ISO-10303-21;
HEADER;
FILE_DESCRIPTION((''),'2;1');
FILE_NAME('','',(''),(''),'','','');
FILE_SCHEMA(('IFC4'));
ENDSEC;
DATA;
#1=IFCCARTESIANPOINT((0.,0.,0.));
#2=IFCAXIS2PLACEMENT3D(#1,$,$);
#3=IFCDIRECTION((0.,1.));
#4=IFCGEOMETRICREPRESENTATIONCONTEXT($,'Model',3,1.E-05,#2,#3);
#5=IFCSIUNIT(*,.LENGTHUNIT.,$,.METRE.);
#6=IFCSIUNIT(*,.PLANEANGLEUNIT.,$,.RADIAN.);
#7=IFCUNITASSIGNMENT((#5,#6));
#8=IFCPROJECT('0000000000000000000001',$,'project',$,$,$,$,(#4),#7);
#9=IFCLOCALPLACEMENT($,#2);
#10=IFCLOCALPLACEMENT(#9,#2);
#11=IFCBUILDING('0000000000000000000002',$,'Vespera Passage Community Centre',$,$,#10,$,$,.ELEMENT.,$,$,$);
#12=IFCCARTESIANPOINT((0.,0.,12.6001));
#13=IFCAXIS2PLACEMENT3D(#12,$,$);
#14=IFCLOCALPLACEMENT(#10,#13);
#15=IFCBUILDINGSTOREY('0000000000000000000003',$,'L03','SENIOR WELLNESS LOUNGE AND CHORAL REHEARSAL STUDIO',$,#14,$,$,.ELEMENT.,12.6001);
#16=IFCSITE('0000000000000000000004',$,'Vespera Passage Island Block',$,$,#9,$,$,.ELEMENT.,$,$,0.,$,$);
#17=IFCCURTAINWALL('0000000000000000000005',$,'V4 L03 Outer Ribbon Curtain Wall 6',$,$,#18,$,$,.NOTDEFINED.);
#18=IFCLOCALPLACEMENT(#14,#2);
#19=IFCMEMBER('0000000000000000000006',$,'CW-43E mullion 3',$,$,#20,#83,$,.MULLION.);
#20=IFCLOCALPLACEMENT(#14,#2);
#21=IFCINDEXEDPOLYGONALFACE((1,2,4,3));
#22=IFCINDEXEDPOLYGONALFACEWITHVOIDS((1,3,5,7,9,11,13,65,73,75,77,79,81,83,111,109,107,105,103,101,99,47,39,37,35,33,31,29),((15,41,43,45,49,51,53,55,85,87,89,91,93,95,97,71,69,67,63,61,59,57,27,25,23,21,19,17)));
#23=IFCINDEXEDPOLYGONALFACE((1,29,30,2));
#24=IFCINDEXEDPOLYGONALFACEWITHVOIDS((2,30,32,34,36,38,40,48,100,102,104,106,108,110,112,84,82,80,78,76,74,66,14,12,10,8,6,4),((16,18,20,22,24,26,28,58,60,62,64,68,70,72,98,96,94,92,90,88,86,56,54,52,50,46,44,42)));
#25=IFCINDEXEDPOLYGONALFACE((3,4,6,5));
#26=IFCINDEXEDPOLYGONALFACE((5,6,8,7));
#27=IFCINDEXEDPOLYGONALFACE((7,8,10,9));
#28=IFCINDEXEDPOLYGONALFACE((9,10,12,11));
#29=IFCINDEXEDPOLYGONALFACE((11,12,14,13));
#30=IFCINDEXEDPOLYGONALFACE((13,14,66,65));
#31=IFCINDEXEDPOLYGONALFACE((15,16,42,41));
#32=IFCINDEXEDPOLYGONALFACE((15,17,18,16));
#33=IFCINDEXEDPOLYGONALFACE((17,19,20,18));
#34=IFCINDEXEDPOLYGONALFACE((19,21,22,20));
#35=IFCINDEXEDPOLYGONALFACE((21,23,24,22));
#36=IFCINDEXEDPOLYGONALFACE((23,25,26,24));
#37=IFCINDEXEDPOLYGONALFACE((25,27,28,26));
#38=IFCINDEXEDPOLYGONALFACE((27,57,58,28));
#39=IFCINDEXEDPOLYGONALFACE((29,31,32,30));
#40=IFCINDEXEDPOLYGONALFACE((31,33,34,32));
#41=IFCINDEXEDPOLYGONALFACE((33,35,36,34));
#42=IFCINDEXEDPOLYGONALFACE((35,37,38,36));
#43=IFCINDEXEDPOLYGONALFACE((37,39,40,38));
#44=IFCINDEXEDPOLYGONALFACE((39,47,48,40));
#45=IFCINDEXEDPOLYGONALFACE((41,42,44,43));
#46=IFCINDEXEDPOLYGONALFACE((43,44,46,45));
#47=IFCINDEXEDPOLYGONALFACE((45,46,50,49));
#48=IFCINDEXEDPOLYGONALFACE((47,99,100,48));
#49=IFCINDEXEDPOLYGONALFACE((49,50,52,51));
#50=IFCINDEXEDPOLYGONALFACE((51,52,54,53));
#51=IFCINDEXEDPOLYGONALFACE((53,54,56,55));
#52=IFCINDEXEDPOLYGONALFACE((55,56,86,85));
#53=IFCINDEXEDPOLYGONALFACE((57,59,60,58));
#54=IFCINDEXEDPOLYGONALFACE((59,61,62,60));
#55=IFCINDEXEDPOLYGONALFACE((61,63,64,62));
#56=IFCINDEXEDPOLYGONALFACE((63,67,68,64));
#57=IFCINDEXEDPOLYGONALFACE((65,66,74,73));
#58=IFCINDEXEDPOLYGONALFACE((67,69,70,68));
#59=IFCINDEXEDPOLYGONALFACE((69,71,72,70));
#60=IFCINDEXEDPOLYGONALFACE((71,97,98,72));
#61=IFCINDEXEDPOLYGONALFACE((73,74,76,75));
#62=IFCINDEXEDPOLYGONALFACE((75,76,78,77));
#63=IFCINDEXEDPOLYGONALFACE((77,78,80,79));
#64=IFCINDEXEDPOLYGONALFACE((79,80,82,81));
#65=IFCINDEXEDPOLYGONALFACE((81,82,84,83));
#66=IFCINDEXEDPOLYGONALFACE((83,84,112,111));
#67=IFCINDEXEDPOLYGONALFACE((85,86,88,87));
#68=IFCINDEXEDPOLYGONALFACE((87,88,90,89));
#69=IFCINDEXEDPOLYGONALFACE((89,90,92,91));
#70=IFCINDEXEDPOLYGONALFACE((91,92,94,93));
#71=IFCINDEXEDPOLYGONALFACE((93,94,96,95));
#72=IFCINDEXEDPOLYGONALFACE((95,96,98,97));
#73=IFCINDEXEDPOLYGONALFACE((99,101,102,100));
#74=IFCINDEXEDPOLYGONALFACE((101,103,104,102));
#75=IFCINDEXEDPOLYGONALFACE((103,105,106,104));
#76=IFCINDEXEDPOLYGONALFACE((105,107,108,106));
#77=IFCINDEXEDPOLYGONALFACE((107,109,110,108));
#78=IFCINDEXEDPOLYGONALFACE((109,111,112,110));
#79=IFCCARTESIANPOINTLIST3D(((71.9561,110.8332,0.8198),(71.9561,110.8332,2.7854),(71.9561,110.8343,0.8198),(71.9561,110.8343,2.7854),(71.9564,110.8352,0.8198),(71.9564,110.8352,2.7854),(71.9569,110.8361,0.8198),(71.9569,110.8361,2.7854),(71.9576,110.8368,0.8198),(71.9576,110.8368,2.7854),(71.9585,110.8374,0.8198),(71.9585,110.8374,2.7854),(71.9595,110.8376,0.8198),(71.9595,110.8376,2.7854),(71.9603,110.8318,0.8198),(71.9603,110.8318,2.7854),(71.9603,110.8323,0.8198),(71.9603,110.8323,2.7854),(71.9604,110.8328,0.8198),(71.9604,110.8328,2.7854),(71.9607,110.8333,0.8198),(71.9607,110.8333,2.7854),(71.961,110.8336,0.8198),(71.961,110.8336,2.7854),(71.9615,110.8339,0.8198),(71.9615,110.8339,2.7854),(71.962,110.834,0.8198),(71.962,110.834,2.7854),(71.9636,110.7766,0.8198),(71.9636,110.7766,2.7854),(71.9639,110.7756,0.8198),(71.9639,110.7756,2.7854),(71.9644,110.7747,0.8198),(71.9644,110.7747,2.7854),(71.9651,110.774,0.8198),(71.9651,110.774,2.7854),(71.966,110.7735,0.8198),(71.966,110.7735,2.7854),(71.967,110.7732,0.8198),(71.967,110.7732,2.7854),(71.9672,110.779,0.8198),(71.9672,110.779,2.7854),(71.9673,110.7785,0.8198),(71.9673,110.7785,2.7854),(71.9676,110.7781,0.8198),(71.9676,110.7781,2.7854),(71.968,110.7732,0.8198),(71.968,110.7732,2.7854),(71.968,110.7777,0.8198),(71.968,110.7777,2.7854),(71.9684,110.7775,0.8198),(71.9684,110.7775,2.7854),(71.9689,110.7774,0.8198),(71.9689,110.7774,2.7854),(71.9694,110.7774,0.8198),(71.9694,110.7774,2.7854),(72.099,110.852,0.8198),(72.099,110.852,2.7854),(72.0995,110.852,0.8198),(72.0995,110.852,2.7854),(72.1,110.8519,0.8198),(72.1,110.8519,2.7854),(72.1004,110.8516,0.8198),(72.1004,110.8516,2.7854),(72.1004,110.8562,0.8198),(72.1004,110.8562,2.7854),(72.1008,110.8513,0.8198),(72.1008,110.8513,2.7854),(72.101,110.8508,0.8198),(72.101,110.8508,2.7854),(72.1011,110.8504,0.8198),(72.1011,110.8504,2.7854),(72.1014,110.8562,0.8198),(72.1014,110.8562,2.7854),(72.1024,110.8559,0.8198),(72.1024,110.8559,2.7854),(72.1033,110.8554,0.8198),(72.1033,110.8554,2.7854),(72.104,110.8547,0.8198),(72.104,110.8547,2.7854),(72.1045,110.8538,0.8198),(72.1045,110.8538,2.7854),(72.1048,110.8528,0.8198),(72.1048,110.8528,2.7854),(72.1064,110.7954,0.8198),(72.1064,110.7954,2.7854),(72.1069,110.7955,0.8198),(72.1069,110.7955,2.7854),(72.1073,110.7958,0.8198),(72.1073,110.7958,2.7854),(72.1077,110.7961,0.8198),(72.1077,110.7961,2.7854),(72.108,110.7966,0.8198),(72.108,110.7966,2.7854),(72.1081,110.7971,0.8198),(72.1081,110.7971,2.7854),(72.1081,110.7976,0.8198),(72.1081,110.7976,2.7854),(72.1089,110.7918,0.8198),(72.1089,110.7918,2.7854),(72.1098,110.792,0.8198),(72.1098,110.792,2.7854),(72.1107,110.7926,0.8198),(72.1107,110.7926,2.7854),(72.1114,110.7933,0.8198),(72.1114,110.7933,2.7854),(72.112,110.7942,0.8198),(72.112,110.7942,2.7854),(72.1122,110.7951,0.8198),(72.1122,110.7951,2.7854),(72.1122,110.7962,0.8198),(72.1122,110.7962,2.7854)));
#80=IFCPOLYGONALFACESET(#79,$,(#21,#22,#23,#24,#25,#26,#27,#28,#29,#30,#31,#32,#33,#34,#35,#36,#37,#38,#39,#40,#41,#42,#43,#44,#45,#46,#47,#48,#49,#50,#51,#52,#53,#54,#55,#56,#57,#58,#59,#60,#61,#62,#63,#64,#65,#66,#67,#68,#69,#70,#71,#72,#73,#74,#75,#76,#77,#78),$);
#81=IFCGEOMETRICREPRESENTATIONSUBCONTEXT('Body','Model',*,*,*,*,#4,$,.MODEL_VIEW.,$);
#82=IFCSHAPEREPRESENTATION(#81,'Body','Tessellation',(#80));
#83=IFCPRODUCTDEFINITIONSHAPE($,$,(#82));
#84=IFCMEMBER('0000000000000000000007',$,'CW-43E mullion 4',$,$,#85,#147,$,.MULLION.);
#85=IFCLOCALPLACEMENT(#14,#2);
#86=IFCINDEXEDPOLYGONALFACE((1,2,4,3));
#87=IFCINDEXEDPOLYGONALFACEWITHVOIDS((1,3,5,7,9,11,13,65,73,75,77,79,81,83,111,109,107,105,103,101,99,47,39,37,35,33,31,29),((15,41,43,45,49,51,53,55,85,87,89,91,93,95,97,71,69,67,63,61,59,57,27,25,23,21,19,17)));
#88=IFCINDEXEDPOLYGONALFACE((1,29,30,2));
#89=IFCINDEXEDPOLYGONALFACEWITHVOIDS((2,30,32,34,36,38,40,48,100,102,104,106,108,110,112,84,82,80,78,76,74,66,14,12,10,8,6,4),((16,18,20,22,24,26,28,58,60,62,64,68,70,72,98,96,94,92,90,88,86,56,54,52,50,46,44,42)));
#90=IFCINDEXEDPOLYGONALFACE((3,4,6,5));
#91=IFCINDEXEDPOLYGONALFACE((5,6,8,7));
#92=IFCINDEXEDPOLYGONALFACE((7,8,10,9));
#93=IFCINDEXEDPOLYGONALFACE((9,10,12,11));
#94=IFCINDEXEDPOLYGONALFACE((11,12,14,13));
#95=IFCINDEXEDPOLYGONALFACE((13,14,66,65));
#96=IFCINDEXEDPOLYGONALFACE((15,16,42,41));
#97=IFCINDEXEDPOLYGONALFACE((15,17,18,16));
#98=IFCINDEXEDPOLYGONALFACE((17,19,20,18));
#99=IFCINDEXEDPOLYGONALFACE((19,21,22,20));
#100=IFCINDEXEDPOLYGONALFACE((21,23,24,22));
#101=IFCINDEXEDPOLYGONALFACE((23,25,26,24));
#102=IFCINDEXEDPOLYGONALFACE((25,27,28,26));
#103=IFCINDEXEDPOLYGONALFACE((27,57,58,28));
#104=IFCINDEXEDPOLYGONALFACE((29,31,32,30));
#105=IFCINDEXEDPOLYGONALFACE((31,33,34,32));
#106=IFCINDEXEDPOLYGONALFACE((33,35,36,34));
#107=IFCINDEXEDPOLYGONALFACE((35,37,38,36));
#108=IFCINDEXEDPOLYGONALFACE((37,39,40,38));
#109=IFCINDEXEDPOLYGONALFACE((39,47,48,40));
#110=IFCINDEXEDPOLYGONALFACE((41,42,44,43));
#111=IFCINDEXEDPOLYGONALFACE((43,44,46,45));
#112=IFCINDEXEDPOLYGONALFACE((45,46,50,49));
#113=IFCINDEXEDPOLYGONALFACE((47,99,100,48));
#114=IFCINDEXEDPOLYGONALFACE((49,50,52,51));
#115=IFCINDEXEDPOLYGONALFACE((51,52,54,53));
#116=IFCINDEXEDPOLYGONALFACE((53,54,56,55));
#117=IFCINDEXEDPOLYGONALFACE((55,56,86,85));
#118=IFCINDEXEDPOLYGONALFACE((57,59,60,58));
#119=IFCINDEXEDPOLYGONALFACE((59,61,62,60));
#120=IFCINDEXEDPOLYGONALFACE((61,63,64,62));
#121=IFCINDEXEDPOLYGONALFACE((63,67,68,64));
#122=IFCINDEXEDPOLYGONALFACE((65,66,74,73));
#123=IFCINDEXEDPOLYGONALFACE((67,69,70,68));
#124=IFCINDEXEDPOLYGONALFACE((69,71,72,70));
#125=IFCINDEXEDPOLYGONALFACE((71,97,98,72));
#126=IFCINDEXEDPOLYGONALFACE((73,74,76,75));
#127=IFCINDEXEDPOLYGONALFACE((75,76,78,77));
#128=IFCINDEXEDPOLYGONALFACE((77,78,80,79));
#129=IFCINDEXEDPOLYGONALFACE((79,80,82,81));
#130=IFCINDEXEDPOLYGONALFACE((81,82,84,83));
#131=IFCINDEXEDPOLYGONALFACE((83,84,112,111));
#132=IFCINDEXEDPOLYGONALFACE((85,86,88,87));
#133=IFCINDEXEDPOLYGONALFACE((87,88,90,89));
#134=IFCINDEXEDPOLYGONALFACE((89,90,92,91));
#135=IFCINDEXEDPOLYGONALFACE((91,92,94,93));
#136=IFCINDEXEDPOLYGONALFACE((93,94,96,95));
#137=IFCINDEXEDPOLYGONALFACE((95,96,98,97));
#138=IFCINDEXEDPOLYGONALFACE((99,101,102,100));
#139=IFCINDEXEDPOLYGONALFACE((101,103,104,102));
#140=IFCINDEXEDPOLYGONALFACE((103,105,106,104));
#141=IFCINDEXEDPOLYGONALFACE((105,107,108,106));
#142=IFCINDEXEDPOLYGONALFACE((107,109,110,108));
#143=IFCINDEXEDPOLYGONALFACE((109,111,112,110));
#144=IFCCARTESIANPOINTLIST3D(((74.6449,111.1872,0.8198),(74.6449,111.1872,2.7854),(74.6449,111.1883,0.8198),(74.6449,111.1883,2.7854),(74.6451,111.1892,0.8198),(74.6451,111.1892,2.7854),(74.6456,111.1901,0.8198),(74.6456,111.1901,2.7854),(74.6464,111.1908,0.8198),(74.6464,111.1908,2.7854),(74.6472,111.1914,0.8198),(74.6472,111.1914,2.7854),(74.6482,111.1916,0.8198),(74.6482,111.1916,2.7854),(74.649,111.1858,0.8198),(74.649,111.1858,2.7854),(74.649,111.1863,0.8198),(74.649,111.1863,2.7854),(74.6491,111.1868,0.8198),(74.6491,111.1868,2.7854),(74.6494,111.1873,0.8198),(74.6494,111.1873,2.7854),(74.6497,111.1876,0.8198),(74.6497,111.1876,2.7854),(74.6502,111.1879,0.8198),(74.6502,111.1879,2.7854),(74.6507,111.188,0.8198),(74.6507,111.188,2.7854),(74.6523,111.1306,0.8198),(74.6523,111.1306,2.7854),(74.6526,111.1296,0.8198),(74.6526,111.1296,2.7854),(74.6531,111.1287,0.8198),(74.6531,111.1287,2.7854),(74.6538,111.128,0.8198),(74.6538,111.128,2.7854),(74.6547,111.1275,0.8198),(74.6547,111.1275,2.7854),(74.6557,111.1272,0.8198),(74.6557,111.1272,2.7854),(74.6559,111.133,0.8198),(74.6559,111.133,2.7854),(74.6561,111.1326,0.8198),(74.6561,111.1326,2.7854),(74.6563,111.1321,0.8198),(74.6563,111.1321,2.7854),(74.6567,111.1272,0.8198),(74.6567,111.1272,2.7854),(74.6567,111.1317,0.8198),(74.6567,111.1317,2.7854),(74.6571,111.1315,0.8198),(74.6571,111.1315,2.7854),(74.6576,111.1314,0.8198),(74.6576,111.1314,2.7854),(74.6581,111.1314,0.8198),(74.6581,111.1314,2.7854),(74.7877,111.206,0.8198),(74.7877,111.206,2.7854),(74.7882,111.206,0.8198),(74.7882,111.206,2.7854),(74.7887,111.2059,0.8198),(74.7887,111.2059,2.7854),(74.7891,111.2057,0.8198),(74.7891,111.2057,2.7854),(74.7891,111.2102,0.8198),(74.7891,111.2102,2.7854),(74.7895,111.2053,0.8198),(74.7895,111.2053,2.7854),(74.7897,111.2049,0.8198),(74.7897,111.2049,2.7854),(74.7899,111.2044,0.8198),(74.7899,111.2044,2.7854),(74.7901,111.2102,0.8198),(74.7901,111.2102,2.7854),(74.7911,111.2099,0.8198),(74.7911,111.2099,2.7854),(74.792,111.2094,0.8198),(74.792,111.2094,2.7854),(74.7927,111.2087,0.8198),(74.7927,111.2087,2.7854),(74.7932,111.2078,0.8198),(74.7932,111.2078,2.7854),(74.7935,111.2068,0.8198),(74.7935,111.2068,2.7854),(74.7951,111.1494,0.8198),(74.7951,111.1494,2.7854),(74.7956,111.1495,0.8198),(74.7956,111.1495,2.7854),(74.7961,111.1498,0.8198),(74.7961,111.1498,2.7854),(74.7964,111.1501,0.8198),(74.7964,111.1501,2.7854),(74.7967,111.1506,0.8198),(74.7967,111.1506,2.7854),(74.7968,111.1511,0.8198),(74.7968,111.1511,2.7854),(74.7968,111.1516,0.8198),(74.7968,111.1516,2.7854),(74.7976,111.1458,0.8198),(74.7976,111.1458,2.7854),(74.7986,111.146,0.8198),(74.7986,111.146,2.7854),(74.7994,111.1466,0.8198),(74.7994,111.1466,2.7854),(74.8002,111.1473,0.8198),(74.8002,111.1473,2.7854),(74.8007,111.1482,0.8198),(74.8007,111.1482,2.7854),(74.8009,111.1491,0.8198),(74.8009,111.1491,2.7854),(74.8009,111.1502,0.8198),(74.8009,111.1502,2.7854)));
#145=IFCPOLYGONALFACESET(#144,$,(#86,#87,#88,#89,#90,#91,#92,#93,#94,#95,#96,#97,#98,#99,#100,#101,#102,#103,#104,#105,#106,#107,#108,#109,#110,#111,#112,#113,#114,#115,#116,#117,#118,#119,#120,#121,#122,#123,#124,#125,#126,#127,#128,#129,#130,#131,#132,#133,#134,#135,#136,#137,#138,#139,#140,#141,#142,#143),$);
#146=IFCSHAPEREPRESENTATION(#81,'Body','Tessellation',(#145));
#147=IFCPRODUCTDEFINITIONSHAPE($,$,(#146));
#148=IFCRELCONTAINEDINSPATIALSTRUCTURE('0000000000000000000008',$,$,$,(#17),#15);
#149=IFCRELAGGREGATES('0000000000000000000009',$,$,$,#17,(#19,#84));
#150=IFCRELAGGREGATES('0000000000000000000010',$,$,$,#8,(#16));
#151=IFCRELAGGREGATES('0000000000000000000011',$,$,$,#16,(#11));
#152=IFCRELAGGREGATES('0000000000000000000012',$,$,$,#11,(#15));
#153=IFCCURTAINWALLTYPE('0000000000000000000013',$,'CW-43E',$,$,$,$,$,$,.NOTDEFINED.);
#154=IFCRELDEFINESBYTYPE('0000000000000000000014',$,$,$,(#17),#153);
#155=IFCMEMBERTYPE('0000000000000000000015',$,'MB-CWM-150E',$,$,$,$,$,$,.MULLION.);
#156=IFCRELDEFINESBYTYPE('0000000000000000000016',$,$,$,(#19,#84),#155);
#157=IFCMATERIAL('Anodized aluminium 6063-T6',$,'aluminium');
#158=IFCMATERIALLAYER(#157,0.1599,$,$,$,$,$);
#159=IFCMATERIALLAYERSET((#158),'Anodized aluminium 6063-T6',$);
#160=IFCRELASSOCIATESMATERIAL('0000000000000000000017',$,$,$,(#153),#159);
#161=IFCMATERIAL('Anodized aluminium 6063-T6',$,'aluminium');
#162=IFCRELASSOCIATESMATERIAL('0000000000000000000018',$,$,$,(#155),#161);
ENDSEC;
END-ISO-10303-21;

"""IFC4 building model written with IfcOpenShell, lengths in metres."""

from ifc_helpers import new_model, si_unit, direction, frame, origin, origin_2d, place, context, subcontext, project, spatial, hollow_rectangle, extrude, material, layer, layer_set, material_profile, profile_set, type_object, element, aggregate, save


model = new_model("IFC4")

# Units and contexts
model_context = context("Model", 3, precision=1e-05, world=origin(), true_north=direction((0.0, 1.0)))
body_context = subcontext(model_context, "Body", "Model", "MODEL_VIEW")
ifc_project = project(units=[si_unit("LENGTHUNIT", "METRE"), si_unit("PLANEANGLEUNIT", "RADIAN")], contexts=[model_context])

# Site, building, storey
site_placement = place(None, origin())
site = spatial("IfcSite", under=ifc_project, at=site_placement, Name="Vespera Passage Island Block", CompositionType="ELEMENT", RefElevation=0.0)
building_placement = place(site_placement, origin())
building = spatial("IfcBuilding", under=site, at=building_placement, Name="Vespera Passage Community Centre", CompositionType="ELEMENT")
storey_placement = place(building_placement, frame((0.0, 0.0, 12.6001)))
storey = spatial("IfcBuildingStorey", under=building, at=storey_placement, Name="L03", Description="SENIOR WELLNESS LOUNGE AND CHORAL REHEARSAL STUDIO", CompositionType="ELEMENT", Elevation=12.6001)

# Curtain wall, members
ifc_material_1 = material(Name="Anodized aluminium 6063-T6", Category="aluminium")
ifc_layer_1 = layer(ifc_material_1, 0.1599)
ifc_layer_set_1 = layer_set([ifc_layer_1], Name="Anodized aluminium 6063-T6")
curtain_wall_type = type_object("IfcCurtainWallType", Name="CW-43E", PredefinedType="NOTDEFINED", material=ifc_layer_set_1)
curtain_wall_placement = place(storey_placement, origin())
curtain_wall = element("IfcCurtainWall", 1, at=curtain_wall_placement, inside=storey, type_object=curtain_wall_type, Name="V4 L03 Outer Ribbon Curtain Wall 6", PredefinedType="NOTDEFINED")
ifc_material_2 = material(Name="Anodized aluminium 6063-T6", Category="aluminium")
ifc_material_profile_1 = material_profile(ifc_material_2, hollow_rectangle(XDim=0.0649, YDim=0.1499, WallThickness=0.0039, InnerFilletRadius=0.002, OuterFilletRadius=0.0039, at=origin_2d()), Name="ALU150X65X4")
ifc_profile_set_1 = profile_set([ifc_material_profile_1], Name="Anodized aluminium 6063-T6")
member_type_1 = type_object("IfcMemberType", Name="MB-CWM-150E", PredefinedType="MULLION", material=ifc_profile_set_1)
member_1_placement = place(storey_placement, frame((72.0342, 110.8147, 0.8198), z_axis=(0.0, 0.0, 1.0), x_axis=(-0.130531, 0.991444, 0.0)))
member_1 = element("IfcMember", 2, at=member_1_placement, type_object=member_type_1, Name="CW-43E mullion 3", PredefinedType="MULLION", context=body_context, shape_type="SweptSolid", body=[
    extrude(hollow_rectangle(XDim=0.0649, YDim=0.1499, WallThickness=0.0039, InnerFilletRadius=0.002, OuterFilletRadius=0.0039, at=origin_2d()), origin(), (0.0, 0.0, 1.0), 1.9656),
])
member_2_placement = place(storey_placement, frame((74.7229, 111.1687, 0.8198), z_axis=(0.0, 0.0, 1.0), x_axis=(-0.130531, 0.991444, 0.0)))
member_2 = element("IfcMember", 3, at=member_2_placement, type_object=member_type_1, Name="CW-43E mullion 4", PredefinedType="MULLION", context=body_context, shape_type="SweptSolid", body=[
    extrude(hollow_rectangle(XDim=0.0649, YDim=0.1499, WallThickness=0.0039, InnerFilletRadius=0.002, OuterFilletRadius=0.0039, at=origin_2d()), origin(), (0.0, 0.0, 1.0), 1.9656),
])
aggregate(curtain_wall, [member_1, member_2])

save(model, "model.ifc")
